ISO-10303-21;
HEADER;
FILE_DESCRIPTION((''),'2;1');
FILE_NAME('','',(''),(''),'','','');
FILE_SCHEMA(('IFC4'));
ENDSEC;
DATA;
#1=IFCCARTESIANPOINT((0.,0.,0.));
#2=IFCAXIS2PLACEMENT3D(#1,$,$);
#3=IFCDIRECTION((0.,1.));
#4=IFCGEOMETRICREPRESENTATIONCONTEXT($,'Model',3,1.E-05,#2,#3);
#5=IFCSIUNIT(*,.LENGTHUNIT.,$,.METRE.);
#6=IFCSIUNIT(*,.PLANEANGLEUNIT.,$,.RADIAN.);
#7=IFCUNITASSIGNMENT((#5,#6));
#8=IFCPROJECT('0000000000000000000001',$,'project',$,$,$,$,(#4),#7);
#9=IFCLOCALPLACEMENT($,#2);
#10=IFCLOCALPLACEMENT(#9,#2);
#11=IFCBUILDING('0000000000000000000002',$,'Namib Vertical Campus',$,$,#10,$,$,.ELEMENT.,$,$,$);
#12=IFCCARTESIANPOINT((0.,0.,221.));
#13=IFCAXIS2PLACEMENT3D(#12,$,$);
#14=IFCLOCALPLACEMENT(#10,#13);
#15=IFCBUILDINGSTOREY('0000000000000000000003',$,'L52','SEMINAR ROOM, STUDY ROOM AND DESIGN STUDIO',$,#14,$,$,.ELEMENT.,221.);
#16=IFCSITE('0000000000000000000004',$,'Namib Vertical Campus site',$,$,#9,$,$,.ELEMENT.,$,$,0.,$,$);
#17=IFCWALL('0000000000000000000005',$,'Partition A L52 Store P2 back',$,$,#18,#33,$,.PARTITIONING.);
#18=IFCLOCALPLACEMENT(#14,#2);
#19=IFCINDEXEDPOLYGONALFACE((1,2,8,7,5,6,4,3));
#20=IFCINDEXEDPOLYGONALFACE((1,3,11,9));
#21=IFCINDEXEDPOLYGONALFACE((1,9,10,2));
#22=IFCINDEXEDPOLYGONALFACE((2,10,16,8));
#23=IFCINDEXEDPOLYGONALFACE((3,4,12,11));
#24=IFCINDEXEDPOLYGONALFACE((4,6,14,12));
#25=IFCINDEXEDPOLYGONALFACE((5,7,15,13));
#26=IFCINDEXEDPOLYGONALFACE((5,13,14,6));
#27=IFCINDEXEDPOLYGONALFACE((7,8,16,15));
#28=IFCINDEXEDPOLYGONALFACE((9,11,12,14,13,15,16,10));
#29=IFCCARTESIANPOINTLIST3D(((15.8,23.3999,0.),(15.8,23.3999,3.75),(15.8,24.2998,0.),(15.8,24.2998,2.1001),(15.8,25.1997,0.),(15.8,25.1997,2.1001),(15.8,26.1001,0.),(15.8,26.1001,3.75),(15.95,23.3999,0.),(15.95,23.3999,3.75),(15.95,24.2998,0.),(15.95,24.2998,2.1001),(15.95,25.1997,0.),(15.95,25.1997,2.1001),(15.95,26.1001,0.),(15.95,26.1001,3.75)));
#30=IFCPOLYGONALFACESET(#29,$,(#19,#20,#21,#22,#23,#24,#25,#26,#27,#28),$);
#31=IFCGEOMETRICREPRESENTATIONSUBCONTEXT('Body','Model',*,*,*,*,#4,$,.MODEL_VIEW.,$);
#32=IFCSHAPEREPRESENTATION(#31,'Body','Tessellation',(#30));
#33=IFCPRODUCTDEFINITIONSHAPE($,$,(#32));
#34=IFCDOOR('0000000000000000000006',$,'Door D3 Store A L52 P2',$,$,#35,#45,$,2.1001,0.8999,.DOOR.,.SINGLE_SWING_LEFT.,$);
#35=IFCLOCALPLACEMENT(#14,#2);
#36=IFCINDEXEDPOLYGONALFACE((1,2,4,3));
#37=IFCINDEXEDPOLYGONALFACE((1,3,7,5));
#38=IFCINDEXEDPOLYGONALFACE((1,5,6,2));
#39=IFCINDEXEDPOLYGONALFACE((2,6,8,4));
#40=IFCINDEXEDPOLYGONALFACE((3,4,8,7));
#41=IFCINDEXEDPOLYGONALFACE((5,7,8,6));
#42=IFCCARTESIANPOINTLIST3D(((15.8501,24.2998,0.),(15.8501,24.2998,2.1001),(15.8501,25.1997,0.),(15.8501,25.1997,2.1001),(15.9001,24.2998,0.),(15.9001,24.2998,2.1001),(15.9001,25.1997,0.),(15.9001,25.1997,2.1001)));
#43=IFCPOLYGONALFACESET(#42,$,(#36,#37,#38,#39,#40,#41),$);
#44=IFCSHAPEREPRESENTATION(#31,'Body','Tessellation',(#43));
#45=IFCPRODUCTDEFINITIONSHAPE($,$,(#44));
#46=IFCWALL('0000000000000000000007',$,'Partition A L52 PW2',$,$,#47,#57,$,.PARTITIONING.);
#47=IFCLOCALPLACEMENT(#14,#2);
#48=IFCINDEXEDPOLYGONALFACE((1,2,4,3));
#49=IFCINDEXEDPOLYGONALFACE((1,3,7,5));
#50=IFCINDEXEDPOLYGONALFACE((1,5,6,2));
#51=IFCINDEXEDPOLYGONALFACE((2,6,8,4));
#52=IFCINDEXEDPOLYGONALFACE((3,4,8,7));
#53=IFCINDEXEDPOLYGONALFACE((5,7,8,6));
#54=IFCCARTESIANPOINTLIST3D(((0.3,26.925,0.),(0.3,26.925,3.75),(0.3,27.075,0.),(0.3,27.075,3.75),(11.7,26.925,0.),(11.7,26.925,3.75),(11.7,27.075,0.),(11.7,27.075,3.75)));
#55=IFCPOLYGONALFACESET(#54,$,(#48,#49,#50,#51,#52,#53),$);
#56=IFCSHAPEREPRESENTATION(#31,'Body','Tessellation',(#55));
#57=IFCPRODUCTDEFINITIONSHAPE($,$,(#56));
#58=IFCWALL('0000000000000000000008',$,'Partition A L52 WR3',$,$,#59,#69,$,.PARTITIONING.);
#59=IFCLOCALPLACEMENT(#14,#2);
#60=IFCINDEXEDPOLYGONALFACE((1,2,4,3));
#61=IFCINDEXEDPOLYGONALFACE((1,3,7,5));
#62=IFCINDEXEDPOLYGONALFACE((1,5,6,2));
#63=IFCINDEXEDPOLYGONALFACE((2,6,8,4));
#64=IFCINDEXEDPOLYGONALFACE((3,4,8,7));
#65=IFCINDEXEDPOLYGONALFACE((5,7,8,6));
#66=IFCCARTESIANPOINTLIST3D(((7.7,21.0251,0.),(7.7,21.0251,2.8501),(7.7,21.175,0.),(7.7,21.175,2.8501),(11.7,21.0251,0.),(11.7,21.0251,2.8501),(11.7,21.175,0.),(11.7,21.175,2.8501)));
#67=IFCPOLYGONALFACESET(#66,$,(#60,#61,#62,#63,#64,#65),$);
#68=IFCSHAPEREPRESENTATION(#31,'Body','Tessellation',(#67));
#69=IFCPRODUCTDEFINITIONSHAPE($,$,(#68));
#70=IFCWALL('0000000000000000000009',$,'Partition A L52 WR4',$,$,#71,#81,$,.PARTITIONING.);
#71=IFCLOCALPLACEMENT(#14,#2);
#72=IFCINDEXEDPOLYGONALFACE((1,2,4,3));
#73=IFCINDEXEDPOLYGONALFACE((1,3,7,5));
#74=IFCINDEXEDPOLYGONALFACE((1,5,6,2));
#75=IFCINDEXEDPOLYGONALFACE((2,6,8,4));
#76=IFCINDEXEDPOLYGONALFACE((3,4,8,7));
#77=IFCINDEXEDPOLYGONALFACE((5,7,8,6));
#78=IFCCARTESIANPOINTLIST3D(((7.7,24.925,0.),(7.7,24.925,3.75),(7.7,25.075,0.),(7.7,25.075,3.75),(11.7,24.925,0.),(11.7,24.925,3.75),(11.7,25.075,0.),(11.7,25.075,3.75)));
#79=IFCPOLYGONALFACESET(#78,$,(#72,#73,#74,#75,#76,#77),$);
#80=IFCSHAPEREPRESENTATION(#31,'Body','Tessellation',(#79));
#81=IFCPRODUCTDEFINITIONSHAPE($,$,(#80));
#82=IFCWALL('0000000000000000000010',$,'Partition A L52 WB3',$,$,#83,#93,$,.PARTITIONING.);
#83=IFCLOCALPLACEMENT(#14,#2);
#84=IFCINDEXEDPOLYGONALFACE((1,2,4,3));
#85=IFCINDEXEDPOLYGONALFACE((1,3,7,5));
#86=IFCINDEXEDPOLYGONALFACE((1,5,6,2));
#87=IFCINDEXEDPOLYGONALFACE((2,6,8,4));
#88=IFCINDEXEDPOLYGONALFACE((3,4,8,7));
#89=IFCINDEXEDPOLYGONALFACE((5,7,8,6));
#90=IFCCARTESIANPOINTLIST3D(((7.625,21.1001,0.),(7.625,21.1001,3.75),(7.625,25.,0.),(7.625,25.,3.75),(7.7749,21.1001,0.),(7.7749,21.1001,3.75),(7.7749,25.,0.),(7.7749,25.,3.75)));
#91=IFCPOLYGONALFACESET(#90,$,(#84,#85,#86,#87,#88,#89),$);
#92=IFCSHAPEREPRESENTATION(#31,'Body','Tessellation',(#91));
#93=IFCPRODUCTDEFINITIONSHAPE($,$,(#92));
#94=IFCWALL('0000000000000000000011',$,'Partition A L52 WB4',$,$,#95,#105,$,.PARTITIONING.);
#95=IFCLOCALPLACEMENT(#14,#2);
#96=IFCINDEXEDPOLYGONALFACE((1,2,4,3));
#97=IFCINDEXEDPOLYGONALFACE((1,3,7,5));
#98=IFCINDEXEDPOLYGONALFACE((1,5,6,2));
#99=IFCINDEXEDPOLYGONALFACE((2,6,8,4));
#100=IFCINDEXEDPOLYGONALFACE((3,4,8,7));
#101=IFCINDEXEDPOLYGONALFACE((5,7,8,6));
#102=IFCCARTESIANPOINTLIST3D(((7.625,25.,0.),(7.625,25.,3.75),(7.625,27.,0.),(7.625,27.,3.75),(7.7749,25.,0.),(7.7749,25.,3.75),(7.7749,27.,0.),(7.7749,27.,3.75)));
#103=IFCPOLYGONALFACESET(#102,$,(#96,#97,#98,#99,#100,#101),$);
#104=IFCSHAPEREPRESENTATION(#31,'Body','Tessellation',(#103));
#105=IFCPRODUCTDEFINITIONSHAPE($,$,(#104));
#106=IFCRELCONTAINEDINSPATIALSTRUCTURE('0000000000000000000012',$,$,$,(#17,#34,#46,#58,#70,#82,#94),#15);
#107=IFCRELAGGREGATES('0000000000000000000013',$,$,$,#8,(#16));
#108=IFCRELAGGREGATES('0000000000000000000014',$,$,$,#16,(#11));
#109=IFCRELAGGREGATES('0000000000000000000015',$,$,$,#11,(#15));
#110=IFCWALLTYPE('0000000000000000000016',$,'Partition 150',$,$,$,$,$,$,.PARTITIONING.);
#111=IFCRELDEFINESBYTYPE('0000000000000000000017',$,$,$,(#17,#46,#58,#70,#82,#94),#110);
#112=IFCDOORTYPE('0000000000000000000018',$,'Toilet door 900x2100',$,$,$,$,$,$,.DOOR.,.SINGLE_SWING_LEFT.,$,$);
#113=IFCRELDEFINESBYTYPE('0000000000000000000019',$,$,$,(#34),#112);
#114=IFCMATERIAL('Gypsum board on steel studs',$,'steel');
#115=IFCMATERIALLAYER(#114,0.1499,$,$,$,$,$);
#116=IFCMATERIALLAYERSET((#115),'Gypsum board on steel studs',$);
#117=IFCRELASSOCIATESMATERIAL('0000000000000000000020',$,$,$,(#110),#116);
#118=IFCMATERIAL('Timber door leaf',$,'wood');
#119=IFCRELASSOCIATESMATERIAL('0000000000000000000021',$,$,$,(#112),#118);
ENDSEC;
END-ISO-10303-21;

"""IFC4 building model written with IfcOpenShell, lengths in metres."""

from ifc_helpers import new_model, si_unit, direction, frame, frame_2d, origin, place, context, subcontext, project, spatial, rectangle, extrude, material, layer, layer_set, type_object, element, fill, save


model = new_model("IFC4")

# Units and contexts
model_context = context("Model", 3, precision=1e-05, world=origin(), true_north=direction((0.0, 1.0)))
body_context = subcontext(model_context, "Body", "Model", "MODEL_VIEW")
ifc_project = project(units=[si_unit("LENGTHUNIT", "METRE"), si_unit("PLANEANGLEUNIT", "RADIAN")], contexts=[model_context])

# Site, building, storey
site_placement = place(None, origin())
site = spatial("IfcSite", under=ifc_project, at=site_placement, Name="Namib Vertical Campus site", CompositionType="ELEMENT", RefElevation=0.0)
building_placement = place(site_placement, origin())
building = spatial("IfcBuilding", under=site, at=building_placement, Name="Namib Vertical Campus", CompositionType="ELEMENT")
storey_placement = place(building_placement, frame((0.0, 0.0, 221.0)))
storey = spatial("IfcBuildingStorey", under=building, at=storey_placement, Name="L52", Description="SEMINAR ROOM, STUDY ROOM AND DESIGN STUDIO", CompositionType="ELEMENT", Elevation=221.0)

# Wall, opening, door
ifc_material_1 = material(Name="Gypsum board on steel studs", Category="steel")
ifc_layer_1 = layer(ifc_material_1, 0.1499)
ifc_layer_set_1 = layer_set([ifc_layer_1], Name="Gypsum board on steel studs")
wall_type_1 = type_object("IfcWallType", Name="Partition 150", PredefinedType="PARTITIONING", material=ifc_layer_set_1)
wall_1_placement = place(storey_placement, frame((15.875, 23.3999, 0.0), z_axis=(0.0, 0.0, 1.0), x_axis=(0.0, 1.0, 0.0)))
wall_1 = element("IfcWall", 1, at=wall_1_placement, inside=storey, type_object=wall_type_1, Name="Partition A L52 Store P2 back", PredefinedType="PARTITIONING", context=body_context, shape_type="SweptSolid", body=[
    extrude(rectangle(XDim=2.7002, YDim=0.1499, at=frame_2d((1.3501, 0.0))), origin(), (0.0, 0.0, 1.0), 3.75),
])
opening_1_placement = place(wall_1_placement, frame((0.8999, 0.0, 0.0)))
opening_1 = element("IfcOpeningElement", 2, at=opening_1_placement, cuts=wall_1, PredefinedType="OPENING", context=body_context, shape_type="SweptSolid", body=[
    extrude(rectangle(XDim=0.8999, YDim=2.1001, at=frame_2d((0.45, 1.05))), frame((0.0, 0.085, 0.0), z_axis=(0.0, -1.0, 0.0), x_axis=(1.0, 0.0, 0.0)), (0.0, 0.0, 1.0), 0.1699),
])
ifc_material_2 = material(Name="Timber door leaf", Category="wood")
door_type_1 = type_object("IfcDoorType", Name="Toilet door 900x2100", OperationType="SINGLE_SWING_LEFT", PredefinedType="DOOR", material=ifc_material_2)
door_1_placement = place(opening_1_placement, origin())
door_1 = element("IfcDoor", 3, at=door_1_placement, inside=storey, type_object=door_type_1, Name="Door D3 Store A L52 P2", OperationType="SINGLE_SWING_LEFT", OverallHeight=2.1001, OverallWidth=0.8999, PredefinedType="DOOR", context=body_context, shape_type="SweptSolid", body=[
    extrude(rectangle(XDim=0.8999, YDim=2.1001, at=frame_2d((0.45, 1.05))), frame((0.0, 0.0249, 0.0), z_axis=(0.0, -1.0, 0.0), x_axis=(1.0, 0.0, 0.0)), (0.0, 0.0, 1.0), 0.05),
])
fill(opening_1, door_1)

# Walls
wall_2_placement = place(storey_placement, frame((0.3, 27.0, 0.0), z_axis=(0.0, 0.0, 1.0), x_axis=(1.0, 0.0, 0.0)))
element("IfcWall", 4, at=wall_2_placement, inside=storey, type_object=wall_type_1, Name="Partition A L52 PW2", PredefinedType="PARTITIONING", context=body_context, shape_type="SweptSolid", body=[
    extrude(rectangle(XDim=11.3999, YDim=0.1499, at=frame_2d((5.7, 0.0))), origin(), (0.0, 0.0, 1.0), 3.75),
])
wall_3_placement = place(storey_placement, frame((11.7, 21.1001, 0.0), z_axis=(0.0, 0.0, 1.0), x_axis=(-1.0, 0.0, 0.0)))
element("IfcWall", 5, at=wall_3_placement, inside=storey, type_object=wall_type_1, Name="Partition A L52 WR3", PredefinedType="PARTITIONING", context=body_context, shape_type="SweptSolid", body=[
    extrude(rectangle(XDim=4.0, YDim=0.1499, at=frame_2d((2.0, 0.0))), origin(), (0.0, 0.0, 1.0), 2.8501),
])
wall_4_placement = place(storey_placement, frame((11.7, 25.0, 0.0), z_axis=(0.0, 0.0, 1.0), x_axis=(-1.0, 0.0, 0.0)))
element("IfcWall", 6, at=wall_4_placement, inside=storey, type_object=wall_type_1, Name="Partition A L52 WR4", PredefinedType="PARTITIONING", context=body_context, shape_type="SweptSolid", body=[
    extrude(rectangle(XDim=4.0, YDim=0.1499, at=frame_2d((2.0, 0.0))), origin(), (0.0, 0.0, 1.0), 3.75),
])
wall_5_placement = place(storey_placement, frame((7.7, 21.1001, 0.0), z_axis=(0.0, 0.0, 1.0), x_axis=(0.0, 1.0, 0.0)))
element("IfcWall", 7, at=wall_5_placement, inside=storey, type_object=wall_type_1, Name="Partition A L52 WB3", PredefinedType="PARTITIONING", context=body_context, shape_type="SweptSolid", body=[
    extrude(rectangle(XDim=3.8999, YDim=0.1499, at=frame_2d((1.95, 0.0))), origin(), (0.0, 0.0, 1.0), 3.75),
])
wall_6_placement = place(storey_placement, frame((7.7, 25.0, 0.0), z_axis=(0.0, 0.0, 1.0), x_axis=(0.0, 1.0, 0.0)))
element("IfcWall", 8, at=wall_6_placement, inside=storey, type_object=wall_type_1, Name="Partition A L52 WB4", PredefinedType="PARTITIONING", context=body_context, shape_type="SweptSolid", body=[
    extrude(rectangle(XDim=2.0, YDim=0.1499, at=frame_2d((1.0, 0.0))), origin(), (0.0, 0.0, 1.0), 3.75),
])

save(model, "model.ifc")
